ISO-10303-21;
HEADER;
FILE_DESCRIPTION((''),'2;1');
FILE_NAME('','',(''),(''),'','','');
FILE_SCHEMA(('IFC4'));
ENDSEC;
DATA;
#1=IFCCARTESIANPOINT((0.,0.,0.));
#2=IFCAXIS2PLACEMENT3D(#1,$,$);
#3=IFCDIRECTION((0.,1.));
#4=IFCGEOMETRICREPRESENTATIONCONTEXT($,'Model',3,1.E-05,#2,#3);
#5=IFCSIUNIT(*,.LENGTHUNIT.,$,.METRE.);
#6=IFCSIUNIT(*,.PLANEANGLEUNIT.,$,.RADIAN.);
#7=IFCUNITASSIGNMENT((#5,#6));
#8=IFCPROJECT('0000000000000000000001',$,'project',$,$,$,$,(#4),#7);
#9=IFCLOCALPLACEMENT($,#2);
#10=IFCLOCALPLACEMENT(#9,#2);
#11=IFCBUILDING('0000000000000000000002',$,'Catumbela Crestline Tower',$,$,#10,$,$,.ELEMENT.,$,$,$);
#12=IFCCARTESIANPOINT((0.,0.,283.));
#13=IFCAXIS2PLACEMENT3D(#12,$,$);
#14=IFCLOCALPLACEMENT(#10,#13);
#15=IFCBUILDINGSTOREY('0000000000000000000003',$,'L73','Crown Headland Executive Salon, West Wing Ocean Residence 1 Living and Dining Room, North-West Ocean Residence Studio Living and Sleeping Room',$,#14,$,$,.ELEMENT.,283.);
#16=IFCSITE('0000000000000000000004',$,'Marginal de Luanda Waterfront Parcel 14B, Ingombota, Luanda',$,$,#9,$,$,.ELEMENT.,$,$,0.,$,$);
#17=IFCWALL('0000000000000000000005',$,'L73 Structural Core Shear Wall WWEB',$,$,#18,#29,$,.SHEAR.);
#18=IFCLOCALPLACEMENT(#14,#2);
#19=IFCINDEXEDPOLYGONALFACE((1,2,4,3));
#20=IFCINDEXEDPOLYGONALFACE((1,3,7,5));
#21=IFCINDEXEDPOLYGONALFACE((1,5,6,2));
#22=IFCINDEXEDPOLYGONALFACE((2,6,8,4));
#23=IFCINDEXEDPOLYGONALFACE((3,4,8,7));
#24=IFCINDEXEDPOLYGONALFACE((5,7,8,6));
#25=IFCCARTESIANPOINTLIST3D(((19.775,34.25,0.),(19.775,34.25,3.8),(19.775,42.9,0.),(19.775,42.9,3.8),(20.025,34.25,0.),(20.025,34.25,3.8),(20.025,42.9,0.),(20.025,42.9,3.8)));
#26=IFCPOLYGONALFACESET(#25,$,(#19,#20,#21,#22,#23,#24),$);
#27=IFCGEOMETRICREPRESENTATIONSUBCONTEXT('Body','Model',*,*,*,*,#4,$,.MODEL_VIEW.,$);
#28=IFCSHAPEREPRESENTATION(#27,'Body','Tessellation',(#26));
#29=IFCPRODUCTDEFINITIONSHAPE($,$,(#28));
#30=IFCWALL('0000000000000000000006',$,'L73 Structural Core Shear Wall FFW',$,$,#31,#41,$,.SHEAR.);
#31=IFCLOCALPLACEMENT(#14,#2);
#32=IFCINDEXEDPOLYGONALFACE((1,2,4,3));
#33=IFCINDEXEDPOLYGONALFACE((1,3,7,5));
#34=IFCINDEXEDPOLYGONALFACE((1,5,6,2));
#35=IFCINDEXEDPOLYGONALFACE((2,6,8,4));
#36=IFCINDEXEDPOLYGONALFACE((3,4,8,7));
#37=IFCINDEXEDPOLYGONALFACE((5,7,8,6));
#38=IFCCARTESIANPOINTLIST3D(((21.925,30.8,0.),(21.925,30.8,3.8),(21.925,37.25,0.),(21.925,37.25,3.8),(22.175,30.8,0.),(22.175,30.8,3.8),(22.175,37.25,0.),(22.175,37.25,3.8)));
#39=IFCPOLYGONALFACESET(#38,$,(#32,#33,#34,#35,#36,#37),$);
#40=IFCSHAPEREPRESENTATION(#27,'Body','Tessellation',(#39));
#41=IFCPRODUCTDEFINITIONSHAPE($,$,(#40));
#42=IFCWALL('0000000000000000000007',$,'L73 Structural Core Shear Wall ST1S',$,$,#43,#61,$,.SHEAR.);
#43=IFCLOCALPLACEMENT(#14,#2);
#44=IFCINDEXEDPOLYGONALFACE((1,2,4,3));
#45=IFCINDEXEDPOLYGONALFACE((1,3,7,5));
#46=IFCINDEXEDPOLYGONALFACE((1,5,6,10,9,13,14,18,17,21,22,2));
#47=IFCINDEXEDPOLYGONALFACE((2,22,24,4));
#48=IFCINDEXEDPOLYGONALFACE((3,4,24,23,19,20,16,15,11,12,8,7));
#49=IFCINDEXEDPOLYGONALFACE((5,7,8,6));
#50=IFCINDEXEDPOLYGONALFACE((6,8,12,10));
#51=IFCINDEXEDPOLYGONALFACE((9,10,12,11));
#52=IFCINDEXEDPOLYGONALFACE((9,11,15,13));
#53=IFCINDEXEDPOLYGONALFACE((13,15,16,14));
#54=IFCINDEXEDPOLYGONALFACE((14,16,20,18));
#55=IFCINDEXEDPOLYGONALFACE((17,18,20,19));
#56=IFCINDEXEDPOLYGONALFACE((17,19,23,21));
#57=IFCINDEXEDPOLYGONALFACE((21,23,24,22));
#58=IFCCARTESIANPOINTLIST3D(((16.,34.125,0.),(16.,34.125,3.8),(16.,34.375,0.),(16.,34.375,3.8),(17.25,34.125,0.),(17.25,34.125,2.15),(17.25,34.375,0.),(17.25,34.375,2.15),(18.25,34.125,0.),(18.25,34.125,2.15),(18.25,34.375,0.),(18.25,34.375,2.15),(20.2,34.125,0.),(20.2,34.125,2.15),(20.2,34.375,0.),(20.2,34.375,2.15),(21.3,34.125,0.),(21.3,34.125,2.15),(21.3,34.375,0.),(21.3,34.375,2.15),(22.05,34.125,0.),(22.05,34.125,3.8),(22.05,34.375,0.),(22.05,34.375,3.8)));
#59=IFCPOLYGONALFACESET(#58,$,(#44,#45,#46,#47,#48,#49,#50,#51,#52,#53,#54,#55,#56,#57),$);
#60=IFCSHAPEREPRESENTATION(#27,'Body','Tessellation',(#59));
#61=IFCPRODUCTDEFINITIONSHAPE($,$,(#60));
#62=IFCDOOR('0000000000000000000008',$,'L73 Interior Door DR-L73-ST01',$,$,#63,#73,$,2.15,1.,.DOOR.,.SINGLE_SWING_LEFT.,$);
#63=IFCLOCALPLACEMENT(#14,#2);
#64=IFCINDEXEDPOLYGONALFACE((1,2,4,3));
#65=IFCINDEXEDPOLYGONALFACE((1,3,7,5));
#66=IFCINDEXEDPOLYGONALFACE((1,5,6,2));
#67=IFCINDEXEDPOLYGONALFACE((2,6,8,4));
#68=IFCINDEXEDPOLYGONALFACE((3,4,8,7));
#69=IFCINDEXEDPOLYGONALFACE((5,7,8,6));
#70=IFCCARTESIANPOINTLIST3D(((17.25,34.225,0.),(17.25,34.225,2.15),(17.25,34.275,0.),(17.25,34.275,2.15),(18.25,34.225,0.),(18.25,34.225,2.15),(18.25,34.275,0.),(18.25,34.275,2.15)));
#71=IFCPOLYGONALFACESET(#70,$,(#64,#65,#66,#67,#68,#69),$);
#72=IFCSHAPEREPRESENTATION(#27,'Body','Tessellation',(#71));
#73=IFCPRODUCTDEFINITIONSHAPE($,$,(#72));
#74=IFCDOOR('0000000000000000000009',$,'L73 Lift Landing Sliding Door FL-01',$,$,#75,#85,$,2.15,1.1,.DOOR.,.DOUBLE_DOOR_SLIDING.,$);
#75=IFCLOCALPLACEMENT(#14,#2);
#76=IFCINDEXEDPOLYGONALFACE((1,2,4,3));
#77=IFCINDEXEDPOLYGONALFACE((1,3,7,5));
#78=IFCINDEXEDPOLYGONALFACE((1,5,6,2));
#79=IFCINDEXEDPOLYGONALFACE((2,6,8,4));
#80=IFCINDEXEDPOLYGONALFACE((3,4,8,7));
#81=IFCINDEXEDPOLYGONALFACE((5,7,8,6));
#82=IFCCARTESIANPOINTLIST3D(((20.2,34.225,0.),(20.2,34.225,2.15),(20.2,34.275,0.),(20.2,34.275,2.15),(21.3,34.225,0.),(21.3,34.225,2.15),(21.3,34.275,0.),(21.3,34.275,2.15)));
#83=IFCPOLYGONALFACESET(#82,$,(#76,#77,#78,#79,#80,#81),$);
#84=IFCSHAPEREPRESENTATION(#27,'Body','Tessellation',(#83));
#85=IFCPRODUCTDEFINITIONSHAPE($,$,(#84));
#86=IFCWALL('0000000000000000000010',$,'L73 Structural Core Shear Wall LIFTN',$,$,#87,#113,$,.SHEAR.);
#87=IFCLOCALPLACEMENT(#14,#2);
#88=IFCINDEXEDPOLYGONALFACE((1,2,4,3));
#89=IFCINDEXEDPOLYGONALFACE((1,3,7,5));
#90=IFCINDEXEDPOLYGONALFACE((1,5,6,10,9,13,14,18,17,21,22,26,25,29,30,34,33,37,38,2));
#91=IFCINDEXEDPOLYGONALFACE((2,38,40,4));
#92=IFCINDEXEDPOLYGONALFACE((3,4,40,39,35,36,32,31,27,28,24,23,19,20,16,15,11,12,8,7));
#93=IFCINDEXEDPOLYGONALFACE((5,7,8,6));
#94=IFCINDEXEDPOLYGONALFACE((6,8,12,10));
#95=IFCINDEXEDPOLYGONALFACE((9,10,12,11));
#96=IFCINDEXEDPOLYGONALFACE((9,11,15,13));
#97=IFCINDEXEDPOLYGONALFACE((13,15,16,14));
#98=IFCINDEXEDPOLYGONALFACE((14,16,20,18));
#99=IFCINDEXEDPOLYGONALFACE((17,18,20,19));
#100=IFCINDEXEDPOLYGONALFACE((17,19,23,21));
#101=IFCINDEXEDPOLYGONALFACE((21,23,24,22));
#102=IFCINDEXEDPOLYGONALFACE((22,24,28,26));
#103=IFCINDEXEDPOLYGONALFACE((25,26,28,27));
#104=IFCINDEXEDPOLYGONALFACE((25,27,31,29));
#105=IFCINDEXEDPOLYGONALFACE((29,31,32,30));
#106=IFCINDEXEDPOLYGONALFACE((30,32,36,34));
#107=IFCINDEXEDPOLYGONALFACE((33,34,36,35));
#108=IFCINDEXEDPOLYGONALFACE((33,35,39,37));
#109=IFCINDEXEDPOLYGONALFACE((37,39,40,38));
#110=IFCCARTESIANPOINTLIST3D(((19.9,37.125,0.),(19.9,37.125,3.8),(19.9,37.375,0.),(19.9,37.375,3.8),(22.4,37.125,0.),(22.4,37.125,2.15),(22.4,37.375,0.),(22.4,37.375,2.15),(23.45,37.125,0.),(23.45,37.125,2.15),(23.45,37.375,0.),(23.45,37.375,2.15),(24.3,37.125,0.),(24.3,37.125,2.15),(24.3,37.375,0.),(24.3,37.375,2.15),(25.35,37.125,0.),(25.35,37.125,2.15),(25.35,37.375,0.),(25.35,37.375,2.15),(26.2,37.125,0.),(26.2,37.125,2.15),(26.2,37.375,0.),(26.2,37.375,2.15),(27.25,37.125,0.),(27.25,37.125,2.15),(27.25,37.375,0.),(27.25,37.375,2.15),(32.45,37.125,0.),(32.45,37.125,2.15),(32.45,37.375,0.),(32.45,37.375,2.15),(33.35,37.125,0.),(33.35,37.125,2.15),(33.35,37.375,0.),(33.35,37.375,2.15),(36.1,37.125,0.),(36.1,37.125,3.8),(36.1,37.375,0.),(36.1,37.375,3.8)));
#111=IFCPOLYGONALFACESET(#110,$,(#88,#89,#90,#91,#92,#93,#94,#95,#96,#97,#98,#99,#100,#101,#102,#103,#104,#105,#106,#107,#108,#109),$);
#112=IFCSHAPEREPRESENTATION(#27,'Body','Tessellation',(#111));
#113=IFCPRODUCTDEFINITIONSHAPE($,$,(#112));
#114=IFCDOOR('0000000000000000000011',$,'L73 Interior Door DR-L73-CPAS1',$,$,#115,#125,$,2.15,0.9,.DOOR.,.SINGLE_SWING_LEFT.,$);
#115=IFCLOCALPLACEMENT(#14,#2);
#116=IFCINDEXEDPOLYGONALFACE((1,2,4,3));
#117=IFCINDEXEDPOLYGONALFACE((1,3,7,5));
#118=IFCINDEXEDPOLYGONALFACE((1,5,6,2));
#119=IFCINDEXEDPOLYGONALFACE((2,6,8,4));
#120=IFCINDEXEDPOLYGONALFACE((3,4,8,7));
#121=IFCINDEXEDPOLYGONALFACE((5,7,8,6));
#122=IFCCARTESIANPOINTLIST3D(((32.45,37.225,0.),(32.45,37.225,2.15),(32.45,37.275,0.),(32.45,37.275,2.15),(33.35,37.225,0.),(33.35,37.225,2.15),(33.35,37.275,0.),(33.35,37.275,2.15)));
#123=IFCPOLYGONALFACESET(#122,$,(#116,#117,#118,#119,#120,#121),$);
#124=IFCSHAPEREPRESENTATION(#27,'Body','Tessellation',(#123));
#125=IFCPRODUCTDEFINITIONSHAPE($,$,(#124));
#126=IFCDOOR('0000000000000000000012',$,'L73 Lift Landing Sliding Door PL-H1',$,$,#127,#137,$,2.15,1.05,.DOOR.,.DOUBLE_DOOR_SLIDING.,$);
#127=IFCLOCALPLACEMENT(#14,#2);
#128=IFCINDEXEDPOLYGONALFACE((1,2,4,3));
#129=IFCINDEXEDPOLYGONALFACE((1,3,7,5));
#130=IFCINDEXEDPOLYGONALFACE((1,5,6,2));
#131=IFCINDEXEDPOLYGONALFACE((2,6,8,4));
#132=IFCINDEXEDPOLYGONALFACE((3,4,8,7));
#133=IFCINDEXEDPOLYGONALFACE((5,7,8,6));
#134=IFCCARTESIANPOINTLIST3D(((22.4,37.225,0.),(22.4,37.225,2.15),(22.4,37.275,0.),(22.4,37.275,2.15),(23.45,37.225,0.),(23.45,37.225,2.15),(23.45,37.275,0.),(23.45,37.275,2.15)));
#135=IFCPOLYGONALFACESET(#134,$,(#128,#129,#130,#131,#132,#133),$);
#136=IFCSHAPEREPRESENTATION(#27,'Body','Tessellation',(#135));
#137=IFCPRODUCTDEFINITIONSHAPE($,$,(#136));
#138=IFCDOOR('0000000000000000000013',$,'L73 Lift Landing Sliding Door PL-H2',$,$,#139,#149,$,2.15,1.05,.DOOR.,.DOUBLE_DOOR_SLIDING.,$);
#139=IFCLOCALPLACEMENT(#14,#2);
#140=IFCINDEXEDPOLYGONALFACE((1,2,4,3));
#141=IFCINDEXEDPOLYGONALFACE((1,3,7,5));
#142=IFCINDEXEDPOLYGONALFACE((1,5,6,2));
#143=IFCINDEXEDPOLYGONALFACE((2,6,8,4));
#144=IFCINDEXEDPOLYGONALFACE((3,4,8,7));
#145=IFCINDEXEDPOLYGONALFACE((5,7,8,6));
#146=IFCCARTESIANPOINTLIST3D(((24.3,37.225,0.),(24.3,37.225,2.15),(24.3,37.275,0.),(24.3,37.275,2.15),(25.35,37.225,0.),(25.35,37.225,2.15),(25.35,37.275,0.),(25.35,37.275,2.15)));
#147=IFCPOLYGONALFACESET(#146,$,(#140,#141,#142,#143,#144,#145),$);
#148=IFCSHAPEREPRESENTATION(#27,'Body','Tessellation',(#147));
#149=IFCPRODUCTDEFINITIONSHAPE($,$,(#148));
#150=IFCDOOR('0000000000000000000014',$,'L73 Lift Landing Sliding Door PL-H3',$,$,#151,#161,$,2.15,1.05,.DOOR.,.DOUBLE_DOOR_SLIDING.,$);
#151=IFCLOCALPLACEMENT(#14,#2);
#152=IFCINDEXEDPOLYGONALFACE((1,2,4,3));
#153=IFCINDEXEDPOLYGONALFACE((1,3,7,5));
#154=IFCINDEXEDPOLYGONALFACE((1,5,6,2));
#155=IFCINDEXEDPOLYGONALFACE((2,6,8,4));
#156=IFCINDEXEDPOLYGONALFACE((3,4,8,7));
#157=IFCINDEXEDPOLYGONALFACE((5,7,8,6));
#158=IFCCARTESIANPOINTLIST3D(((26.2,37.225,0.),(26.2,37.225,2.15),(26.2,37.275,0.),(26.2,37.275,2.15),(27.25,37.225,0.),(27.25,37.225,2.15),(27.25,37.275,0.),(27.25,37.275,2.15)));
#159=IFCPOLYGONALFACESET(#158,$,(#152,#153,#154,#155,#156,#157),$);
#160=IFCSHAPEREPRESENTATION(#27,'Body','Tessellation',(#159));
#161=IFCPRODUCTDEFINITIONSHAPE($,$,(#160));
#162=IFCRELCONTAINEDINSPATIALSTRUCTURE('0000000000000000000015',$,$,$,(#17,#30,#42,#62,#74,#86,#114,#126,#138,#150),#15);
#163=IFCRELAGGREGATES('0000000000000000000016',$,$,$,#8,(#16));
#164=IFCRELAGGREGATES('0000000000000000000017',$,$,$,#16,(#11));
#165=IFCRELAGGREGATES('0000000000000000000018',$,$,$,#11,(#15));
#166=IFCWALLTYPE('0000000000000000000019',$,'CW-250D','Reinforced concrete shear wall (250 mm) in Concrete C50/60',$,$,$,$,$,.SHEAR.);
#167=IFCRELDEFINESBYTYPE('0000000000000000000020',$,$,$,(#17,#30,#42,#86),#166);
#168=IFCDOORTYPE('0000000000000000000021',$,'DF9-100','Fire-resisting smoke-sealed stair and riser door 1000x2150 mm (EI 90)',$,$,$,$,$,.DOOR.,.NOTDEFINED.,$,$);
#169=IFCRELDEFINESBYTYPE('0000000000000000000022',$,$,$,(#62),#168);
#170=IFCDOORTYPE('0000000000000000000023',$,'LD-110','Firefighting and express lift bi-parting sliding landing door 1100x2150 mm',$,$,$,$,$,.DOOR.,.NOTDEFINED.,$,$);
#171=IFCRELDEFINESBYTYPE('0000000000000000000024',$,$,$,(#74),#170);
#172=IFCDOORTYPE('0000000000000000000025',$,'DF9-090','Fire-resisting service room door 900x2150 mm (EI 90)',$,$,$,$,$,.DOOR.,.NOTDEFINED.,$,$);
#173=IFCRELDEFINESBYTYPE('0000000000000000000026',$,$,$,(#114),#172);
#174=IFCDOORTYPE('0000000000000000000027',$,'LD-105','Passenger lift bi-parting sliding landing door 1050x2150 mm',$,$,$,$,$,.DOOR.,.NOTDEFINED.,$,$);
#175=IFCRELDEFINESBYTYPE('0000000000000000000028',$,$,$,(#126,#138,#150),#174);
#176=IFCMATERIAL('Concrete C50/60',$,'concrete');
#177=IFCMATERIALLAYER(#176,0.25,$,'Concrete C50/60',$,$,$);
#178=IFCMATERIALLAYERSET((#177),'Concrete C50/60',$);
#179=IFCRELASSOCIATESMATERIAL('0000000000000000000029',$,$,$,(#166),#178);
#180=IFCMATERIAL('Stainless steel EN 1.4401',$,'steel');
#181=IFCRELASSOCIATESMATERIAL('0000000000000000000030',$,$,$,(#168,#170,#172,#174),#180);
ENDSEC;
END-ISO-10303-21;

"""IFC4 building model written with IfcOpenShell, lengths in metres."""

from ifc_helpers import new_model, si_unit, direction, frame, frame_2d, origin, place, context, subcontext, project, spatial, rectangle, extrude, material, layer, layer_set, type_object, element, fill, save


model = new_model("IFC4")

# Units and contexts
model_context = context("Model", 3, precision=1e-05, world=origin(), true_north=direction((0.0, 1.0)))
body_context = subcontext(model_context, "Body", "Model", "MODEL_VIEW")
ifc_project = project(units=[si_unit("LENGTHUNIT", "METRE"), si_unit("PLANEANGLEUNIT", "RADIAN")], contexts=[model_context])

# Site, building, storey
site_placement = place(None, origin())
site = spatial("IfcSite", under=ifc_project, at=site_placement, Name="Marginal de Luanda Waterfront Parcel 14B, Ingombota, Luanda", CompositionType="ELEMENT", RefElevation=0.0)
building_placement = place(site_placement, origin())
building = spatial("IfcBuilding", under=site, at=building_placement, Name="Catumbela Crestline Tower", CompositionType="ELEMENT")
storey_placement = place(building_placement, frame((0.0, 0.0, 283.0)))
storey = spatial("IfcBuildingStorey", under=building, at=storey_placement, Name="L73", Description="Crown Headland Executive Salon, West Wing Ocean Residence 1 Living and Dining Room, North-West Ocean Residence Studio Living and Sleeping Room", CompositionType="ELEMENT", Elevation=283.0)

# Walls
ifc_material_1 = material(Name="Concrete C50/60", Category="concrete")
ifc_layer_1 = layer(ifc_material_1, 0.25, Name="Concrete C50/60")
ifc_layer_set_1 = layer_set([ifc_layer_1], Name="Concrete C50/60")
wall_type_1 = type_object("IfcWallType", Name="CW-250D", Description="Reinforced concrete shear wall (250 mm) in Concrete C50/60", PredefinedType="SHEAR", material=ifc_layer_set_1)
wall_1_placement = place(storey_placement, frame((19.9, 34.25, 0.0), z_axis=(0.0, 0.0, 1.0), x_axis=(0.0, 1.0, 0.0)))
element("IfcWall", 1, at=wall_1_placement, inside=storey, type_object=wall_type_1, Name="L73 Structural Core Shear Wall WWEB", PredefinedType="SHEAR", context=body_context, shape_type="SweptSolid", body=[
    extrude(rectangle(XDim=8.65, YDim=0.25, at=frame_2d((4.325, 0.0))), origin(), (0.0, 0.0, 1.0), 3.8),
])
wall_2_placement = place(storey_placement, frame((22.05, 30.8, 0.0), z_axis=(0.0, 0.0, 1.0), x_axis=(0.0, 1.0, 0.0)))
element("IfcWall", 2, at=wall_2_placement, inside=storey, type_object=wall_type_1, Name="L73 Structural Core Shear Wall FFW", PredefinedType="SHEAR", context=body_context, shape_type="SweptSolid", body=[
    extrude(rectangle(XDim=6.45, YDim=0.25, at=frame_2d((3.225, 0.0))), origin(), (0.0, 0.0, 1.0), 3.8),
])

# Walls, openings, doors
wall_3_placement = place(storey_placement, frame((16.0, 34.25, 0.0), z_axis=(0.0, 0.0, 1.0), x_axis=(1.0, 0.0, 0.0)))
wall_3 = element("IfcWall", 3, at=wall_3_placement, inside=storey, type_object=wall_type_1, Name="L73 Structural Core Shear Wall ST1S", PredefinedType="SHEAR", context=body_context, shape_type="SweptSolid", body=[
    extrude(rectangle(XDim=6.05, YDim=0.25, at=frame_2d((3.025, 0.0))), origin(), (0.0, 0.0, 1.0), 3.8),
])
opening_1_placement = place(wall_3_placement, frame((1.25, 0.0, 0.0)))
opening_1 = element("IfcOpeningElement", 4, at=opening_1_placement, cuts=wall_3, PredefinedType="OPENING", context=body_context, shape_type="SweptSolid", body=[
    extrude(rectangle(XDim=1.0, YDim=2.15, at=frame_2d((0.5, 1.075))), frame((0.0, 0.135, 0.0), z_axis=(0.0, -1.0, 0.0), x_axis=(1.0, 0.0, 0.0)), (0.0, 0.0, 1.0), 0.27),
])
opening_2_placement = place(wall_3_placement, frame((4.2, 0.0, 0.0)))
opening_2 = element("IfcOpeningElement", 5, at=opening_2_placement, cuts=wall_3, PredefinedType="OPENING", context=body_context, shape_type="SweptSolid", body=[
    extrude(rectangle(XDim=1.1, YDim=2.15, at=frame_2d((0.55, 1.075))), frame((0.0, 0.135, 0.0), z_axis=(0.0, -1.0, 0.0), x_axis=(1.0, 0.0, 0.0)), (0.0, 0.0, 1.0), 0.27),
])
ifc_material_2 = material(Name="Stainless steel EN 1.4401", Category="steel")
door_type_1 = type_object("IfcDoorType", Name="DF9-100", Description="Fire-resisting smoke-sealed stair and riser door 1000x2150 mm (EI 90)", OperationType="NOTDEFINED", PredefinedType="DOOR", material=ifc_material_2)
door_1_placement = place(opening_1_placement, origin())
door_1 = element("IfcDoor", 6, at=door_1_placement, inside=storey, type_object=door_type_1, Name="L73 Interior Door DR-L73-ST01", OperationType="SINGLE_SWING_LEFT", OverallHeight=2.15, OverallWidth=1.0, PredefinedType="DOOR", context=body_context, shape_type="SweptSolid", body=[
    extrude(rectangle(XDim=1.0, YDim=2.15, at=frame_2d((0.5, 1.075))), frame((0.0, 0.025, 0.0), z_axis=(0.0, -1.0, 0.0), x_axis=(1.0, 0.0, 0.0)), (0.0, 0.0, 1.0), 0.05),
])
fill(opening_1, door_1)
door_type_2 = type_object("IfcDoorType", Name="LD-110", Description="Firefighting and express lift bi-parting sliding landing door 1100x2150 mm", OperationType="NOTDEFINED", PredefinedType="DOOR", material=ifc_material_2)
door_2_placement = place(opening_2_placement, origin())
door_2 = element("IfcDoor", 7, at=door_2_placement, inside=storey, type_object=door_type_2, Name="L73 Lift Landing Sliding Door FL-01", OperationType="DOUBLE_DOOR_SLIDING", OverallHeight=2.15, OverallWidth=1.1, PredefinedType="DOOR", context=body_context, shape_type="SweptSolid", body=[
    extrude(rectangle(XDim=1.1, YDim=2.15, at=frame_2d((0.55, 1.075))), frame((0.0, 0.025, 0.0), z_axis=(0.0, -1.0, 0.0), x_axis=(1.0, 0.0, 0.0)), (0.0, 0.0, 1.0), 0.05),
])
fill(opening_2, door_2)
wall_4_placement = place(storey_placement, frame((19.9, 37.25, 0.0), z_axis=(0.0, 0.0, 1.0), x_axis=(1.0, 0.0, 0.0)))
wall_4 = element("IfcWall", 8, at=wall_4_placement, inside=storey, type_object=wall_type_1, Name="L73 Structural Core Shear Wall LIFTN", PredefinedType="SHEAR", context=body_context, shape_type="SweptSolid", body=[
    extrude(rectangle(XDim=16.2, YDim=0.25, at=frame_2d((8.1, 0.0))), origin(), (0.0, 0.0, 1.0), 3.8),
])
opening_3_placement = place(wall_4_placement, frame((12.55, 0.0, 0.0)))
opening_3 = element("IfcOpeningElement", 9, at=opening_3_placement, cuts=wall_4, PredefinedType="OPENING", context=body_context, shape_type="SweptSolid", body=[
    extrude(rectangle(XDim=0.9, YDim=2.15, at=frame_2d((0.45, 1.075))), frame((0.0, 0.135, 0.0), z_axis=(0.0, -1.0, 0.0), x_axis=(1.0, 0.0, 0.0)), (0.0, 0.0, 1.0), 0.27),
])
opening_4_placement = place(wall_4_placement, frame((2.5, 0.0, 0.0)))
opening_4 = element("IfcOpeningElement", 10, at=opening_4_placement, cuts=wall_4, PredefinedType="OPENING", context=body_context, shape_type="SweptSolid", body=[
    extrude(rectangle(XDim=1.05, YDim=2.15, at=frame_2d((0.525, 1.075))), frame((0.0, 0.135, 0.0), z_axis=(0.0, -1.0, 0.0), x_axis=(1.0, 0.0, 0.0)), (0.0, 0.0, 1.0), 0.27),
])
opening_5_placement = place(wall_4_placement, frame((4.4, 0.0, 0.0)))
opening_5 = element("IfcOpeningElement", 11, at=opening_5_placement, cuts=wall_4, PredefinedType="OPENING", context=body_context, shape_type="SweptSolid", body=[
    extrude(rectangle(XDim=1.05, YDim=2.15, at=frame_2d((0.525, 1.075))), frame((0.0, 0.135, 0.0), z_axis=(0.0, -1.0, 0.0), x_axis=(1.0, 0.0, 0.0)), (0.0, 0.0, 1.0), 0.27),
])
opening_6_placement = place(wall_4_placement, frame((6.3, 0.0, 0.0)))
opening_6 = element("IfcOpeningElement", 12, at=opening_6_placement, cuts=wall_4, PredefinedType="OPENING", context=body_context, shape_type="SweptSolid", body=[
    extrude(rectangle(XDim=1.05, YDim=2.15, at=frame_2d((0.525, 1.075))), frame((0.0, 0.135, 0.0), z_axis=(0.0, -1.0, 0.0), x_axis=(1.0, 0.0, 0.0)), (0.0, 0.0, 1.0), 0.27),
])
door_type_3 = type_object("IfcDoorType", Name="DF9-090", Description="Fire-resisting service room door 900x2150 mm (EI 90)", OperationType="NOTDEFINED", PredefinedType="DOOR", material=ifc_material_2)
door_3_placement = place(opening_3_placement, origin())
door_3 = element("IfcDoor", 13, at=door_3_placement, inside=storey, type_object=door_type_3, Name="L73 Interior Door DR-L73-CPAS1", OperationType="SINGLE_SWING_LEFT", OverallHeight=2.15, OverallWidth=0.9, PredefinedType="DOOR", context=body_context, shape_type="SweptSolid", body=[
    extrude(rectangle(XDim=0.9, YDim=2.15, at=frame_2d((0.45, 1.075))), frame((0.0, 0.025, 0.0), z_axis=(0.0, -1.0, 0.0), x_axis=(1.0, 0.0, 0.0)), (0.0, 0.0, 1.0), 0.05),
])
fill(opening_3, door_3)
door_type_4 = type_object("IfcDoorType", Name="LD-105", Description="Passenger lift bi-parting sliding landing door 1050x2150 mm", OperationType="NOTDEFINED", PredefinedType="DOOR", material=ifc_material_2)
door_4_placement = place(opening_4_placement, origin())
door_4 = element("IfcDoor", 14, at=door_4_placement, inside=storey, type_object=door_type_4, Name="L73 Lift Landing Sliding Door PL-H1", OperationType="DOUBLE_DOOR_SLIDING", OverallHeight=2.15, OverallWidth=1.05, PredefinedType="DOOR", context=body_context, shape_type="SweptSolid", body=[
    extrude(rectangle(XDim=1.05, YDim=2.15, at=frame_2d((0.525, 1.075))), frame((0.0, 0.025, 0.0), z_axis=(0.0, -1.0, 0.0), x_axis=(1.0, 0.0, 0.0)), (0.0, 0.0, 1.0), 0.05),
])
fill(opening_4, door_4)
door_5_placement = place(opening_5_placement, origin())
door_5 = element("IfcDoor", 15, at=door_5_placement, inside=storey, type_object=door_type_4, Name="L73 Lift Landing Sliding Door PL-H2", OperationType="DOUBLE_DOOR_SLIDING", OverallHeight=2.15, OverallWidth=1.05, PredefinedType="DOOR", context=body_context, shape_type="SweptSolid", body=[
    extrude(rectangle(XDim=1.05, YDim=2.15, at=frame_2d((0.525, 1.075))), frame((0.0, 0.025, 0.0), z_axis=(0.0, -1.0, 0.0), x_axis=(1.0, 0.0, 0.0)), (0.0, 0.0, 1.0), 0.05),
])
fill(opening_5, door_5)
door_6_placement = place(opening_6_placement, origin())
door_6 = element("IfcDoor", 16, at=door_6_placement, inside=storey, type_object=door_type_4, Name="L73 Lift Landing Sliding Door PL-H3", OperationType="DOUBLE_DOOR_SLIDING", OverallHeight=2.15, OverallWidth=1.05, PredefinedType="DOOR", context=body_context, shape_type="SweptSolid", body=[
    extrude(rectangle(XDim=1.05, YDim=2.15, at=frame_2d((0.525, 1.075))), frame((0.0, 0.025, 0.0), z_axis=(0.0, -1.0, 0.0), x_axis=(1.0, 0.0, 0.0)), (0.0, 0.0, 1.0), 0.05),
])
fill(opening_6, door_6)

save(model, "model.ifc")
